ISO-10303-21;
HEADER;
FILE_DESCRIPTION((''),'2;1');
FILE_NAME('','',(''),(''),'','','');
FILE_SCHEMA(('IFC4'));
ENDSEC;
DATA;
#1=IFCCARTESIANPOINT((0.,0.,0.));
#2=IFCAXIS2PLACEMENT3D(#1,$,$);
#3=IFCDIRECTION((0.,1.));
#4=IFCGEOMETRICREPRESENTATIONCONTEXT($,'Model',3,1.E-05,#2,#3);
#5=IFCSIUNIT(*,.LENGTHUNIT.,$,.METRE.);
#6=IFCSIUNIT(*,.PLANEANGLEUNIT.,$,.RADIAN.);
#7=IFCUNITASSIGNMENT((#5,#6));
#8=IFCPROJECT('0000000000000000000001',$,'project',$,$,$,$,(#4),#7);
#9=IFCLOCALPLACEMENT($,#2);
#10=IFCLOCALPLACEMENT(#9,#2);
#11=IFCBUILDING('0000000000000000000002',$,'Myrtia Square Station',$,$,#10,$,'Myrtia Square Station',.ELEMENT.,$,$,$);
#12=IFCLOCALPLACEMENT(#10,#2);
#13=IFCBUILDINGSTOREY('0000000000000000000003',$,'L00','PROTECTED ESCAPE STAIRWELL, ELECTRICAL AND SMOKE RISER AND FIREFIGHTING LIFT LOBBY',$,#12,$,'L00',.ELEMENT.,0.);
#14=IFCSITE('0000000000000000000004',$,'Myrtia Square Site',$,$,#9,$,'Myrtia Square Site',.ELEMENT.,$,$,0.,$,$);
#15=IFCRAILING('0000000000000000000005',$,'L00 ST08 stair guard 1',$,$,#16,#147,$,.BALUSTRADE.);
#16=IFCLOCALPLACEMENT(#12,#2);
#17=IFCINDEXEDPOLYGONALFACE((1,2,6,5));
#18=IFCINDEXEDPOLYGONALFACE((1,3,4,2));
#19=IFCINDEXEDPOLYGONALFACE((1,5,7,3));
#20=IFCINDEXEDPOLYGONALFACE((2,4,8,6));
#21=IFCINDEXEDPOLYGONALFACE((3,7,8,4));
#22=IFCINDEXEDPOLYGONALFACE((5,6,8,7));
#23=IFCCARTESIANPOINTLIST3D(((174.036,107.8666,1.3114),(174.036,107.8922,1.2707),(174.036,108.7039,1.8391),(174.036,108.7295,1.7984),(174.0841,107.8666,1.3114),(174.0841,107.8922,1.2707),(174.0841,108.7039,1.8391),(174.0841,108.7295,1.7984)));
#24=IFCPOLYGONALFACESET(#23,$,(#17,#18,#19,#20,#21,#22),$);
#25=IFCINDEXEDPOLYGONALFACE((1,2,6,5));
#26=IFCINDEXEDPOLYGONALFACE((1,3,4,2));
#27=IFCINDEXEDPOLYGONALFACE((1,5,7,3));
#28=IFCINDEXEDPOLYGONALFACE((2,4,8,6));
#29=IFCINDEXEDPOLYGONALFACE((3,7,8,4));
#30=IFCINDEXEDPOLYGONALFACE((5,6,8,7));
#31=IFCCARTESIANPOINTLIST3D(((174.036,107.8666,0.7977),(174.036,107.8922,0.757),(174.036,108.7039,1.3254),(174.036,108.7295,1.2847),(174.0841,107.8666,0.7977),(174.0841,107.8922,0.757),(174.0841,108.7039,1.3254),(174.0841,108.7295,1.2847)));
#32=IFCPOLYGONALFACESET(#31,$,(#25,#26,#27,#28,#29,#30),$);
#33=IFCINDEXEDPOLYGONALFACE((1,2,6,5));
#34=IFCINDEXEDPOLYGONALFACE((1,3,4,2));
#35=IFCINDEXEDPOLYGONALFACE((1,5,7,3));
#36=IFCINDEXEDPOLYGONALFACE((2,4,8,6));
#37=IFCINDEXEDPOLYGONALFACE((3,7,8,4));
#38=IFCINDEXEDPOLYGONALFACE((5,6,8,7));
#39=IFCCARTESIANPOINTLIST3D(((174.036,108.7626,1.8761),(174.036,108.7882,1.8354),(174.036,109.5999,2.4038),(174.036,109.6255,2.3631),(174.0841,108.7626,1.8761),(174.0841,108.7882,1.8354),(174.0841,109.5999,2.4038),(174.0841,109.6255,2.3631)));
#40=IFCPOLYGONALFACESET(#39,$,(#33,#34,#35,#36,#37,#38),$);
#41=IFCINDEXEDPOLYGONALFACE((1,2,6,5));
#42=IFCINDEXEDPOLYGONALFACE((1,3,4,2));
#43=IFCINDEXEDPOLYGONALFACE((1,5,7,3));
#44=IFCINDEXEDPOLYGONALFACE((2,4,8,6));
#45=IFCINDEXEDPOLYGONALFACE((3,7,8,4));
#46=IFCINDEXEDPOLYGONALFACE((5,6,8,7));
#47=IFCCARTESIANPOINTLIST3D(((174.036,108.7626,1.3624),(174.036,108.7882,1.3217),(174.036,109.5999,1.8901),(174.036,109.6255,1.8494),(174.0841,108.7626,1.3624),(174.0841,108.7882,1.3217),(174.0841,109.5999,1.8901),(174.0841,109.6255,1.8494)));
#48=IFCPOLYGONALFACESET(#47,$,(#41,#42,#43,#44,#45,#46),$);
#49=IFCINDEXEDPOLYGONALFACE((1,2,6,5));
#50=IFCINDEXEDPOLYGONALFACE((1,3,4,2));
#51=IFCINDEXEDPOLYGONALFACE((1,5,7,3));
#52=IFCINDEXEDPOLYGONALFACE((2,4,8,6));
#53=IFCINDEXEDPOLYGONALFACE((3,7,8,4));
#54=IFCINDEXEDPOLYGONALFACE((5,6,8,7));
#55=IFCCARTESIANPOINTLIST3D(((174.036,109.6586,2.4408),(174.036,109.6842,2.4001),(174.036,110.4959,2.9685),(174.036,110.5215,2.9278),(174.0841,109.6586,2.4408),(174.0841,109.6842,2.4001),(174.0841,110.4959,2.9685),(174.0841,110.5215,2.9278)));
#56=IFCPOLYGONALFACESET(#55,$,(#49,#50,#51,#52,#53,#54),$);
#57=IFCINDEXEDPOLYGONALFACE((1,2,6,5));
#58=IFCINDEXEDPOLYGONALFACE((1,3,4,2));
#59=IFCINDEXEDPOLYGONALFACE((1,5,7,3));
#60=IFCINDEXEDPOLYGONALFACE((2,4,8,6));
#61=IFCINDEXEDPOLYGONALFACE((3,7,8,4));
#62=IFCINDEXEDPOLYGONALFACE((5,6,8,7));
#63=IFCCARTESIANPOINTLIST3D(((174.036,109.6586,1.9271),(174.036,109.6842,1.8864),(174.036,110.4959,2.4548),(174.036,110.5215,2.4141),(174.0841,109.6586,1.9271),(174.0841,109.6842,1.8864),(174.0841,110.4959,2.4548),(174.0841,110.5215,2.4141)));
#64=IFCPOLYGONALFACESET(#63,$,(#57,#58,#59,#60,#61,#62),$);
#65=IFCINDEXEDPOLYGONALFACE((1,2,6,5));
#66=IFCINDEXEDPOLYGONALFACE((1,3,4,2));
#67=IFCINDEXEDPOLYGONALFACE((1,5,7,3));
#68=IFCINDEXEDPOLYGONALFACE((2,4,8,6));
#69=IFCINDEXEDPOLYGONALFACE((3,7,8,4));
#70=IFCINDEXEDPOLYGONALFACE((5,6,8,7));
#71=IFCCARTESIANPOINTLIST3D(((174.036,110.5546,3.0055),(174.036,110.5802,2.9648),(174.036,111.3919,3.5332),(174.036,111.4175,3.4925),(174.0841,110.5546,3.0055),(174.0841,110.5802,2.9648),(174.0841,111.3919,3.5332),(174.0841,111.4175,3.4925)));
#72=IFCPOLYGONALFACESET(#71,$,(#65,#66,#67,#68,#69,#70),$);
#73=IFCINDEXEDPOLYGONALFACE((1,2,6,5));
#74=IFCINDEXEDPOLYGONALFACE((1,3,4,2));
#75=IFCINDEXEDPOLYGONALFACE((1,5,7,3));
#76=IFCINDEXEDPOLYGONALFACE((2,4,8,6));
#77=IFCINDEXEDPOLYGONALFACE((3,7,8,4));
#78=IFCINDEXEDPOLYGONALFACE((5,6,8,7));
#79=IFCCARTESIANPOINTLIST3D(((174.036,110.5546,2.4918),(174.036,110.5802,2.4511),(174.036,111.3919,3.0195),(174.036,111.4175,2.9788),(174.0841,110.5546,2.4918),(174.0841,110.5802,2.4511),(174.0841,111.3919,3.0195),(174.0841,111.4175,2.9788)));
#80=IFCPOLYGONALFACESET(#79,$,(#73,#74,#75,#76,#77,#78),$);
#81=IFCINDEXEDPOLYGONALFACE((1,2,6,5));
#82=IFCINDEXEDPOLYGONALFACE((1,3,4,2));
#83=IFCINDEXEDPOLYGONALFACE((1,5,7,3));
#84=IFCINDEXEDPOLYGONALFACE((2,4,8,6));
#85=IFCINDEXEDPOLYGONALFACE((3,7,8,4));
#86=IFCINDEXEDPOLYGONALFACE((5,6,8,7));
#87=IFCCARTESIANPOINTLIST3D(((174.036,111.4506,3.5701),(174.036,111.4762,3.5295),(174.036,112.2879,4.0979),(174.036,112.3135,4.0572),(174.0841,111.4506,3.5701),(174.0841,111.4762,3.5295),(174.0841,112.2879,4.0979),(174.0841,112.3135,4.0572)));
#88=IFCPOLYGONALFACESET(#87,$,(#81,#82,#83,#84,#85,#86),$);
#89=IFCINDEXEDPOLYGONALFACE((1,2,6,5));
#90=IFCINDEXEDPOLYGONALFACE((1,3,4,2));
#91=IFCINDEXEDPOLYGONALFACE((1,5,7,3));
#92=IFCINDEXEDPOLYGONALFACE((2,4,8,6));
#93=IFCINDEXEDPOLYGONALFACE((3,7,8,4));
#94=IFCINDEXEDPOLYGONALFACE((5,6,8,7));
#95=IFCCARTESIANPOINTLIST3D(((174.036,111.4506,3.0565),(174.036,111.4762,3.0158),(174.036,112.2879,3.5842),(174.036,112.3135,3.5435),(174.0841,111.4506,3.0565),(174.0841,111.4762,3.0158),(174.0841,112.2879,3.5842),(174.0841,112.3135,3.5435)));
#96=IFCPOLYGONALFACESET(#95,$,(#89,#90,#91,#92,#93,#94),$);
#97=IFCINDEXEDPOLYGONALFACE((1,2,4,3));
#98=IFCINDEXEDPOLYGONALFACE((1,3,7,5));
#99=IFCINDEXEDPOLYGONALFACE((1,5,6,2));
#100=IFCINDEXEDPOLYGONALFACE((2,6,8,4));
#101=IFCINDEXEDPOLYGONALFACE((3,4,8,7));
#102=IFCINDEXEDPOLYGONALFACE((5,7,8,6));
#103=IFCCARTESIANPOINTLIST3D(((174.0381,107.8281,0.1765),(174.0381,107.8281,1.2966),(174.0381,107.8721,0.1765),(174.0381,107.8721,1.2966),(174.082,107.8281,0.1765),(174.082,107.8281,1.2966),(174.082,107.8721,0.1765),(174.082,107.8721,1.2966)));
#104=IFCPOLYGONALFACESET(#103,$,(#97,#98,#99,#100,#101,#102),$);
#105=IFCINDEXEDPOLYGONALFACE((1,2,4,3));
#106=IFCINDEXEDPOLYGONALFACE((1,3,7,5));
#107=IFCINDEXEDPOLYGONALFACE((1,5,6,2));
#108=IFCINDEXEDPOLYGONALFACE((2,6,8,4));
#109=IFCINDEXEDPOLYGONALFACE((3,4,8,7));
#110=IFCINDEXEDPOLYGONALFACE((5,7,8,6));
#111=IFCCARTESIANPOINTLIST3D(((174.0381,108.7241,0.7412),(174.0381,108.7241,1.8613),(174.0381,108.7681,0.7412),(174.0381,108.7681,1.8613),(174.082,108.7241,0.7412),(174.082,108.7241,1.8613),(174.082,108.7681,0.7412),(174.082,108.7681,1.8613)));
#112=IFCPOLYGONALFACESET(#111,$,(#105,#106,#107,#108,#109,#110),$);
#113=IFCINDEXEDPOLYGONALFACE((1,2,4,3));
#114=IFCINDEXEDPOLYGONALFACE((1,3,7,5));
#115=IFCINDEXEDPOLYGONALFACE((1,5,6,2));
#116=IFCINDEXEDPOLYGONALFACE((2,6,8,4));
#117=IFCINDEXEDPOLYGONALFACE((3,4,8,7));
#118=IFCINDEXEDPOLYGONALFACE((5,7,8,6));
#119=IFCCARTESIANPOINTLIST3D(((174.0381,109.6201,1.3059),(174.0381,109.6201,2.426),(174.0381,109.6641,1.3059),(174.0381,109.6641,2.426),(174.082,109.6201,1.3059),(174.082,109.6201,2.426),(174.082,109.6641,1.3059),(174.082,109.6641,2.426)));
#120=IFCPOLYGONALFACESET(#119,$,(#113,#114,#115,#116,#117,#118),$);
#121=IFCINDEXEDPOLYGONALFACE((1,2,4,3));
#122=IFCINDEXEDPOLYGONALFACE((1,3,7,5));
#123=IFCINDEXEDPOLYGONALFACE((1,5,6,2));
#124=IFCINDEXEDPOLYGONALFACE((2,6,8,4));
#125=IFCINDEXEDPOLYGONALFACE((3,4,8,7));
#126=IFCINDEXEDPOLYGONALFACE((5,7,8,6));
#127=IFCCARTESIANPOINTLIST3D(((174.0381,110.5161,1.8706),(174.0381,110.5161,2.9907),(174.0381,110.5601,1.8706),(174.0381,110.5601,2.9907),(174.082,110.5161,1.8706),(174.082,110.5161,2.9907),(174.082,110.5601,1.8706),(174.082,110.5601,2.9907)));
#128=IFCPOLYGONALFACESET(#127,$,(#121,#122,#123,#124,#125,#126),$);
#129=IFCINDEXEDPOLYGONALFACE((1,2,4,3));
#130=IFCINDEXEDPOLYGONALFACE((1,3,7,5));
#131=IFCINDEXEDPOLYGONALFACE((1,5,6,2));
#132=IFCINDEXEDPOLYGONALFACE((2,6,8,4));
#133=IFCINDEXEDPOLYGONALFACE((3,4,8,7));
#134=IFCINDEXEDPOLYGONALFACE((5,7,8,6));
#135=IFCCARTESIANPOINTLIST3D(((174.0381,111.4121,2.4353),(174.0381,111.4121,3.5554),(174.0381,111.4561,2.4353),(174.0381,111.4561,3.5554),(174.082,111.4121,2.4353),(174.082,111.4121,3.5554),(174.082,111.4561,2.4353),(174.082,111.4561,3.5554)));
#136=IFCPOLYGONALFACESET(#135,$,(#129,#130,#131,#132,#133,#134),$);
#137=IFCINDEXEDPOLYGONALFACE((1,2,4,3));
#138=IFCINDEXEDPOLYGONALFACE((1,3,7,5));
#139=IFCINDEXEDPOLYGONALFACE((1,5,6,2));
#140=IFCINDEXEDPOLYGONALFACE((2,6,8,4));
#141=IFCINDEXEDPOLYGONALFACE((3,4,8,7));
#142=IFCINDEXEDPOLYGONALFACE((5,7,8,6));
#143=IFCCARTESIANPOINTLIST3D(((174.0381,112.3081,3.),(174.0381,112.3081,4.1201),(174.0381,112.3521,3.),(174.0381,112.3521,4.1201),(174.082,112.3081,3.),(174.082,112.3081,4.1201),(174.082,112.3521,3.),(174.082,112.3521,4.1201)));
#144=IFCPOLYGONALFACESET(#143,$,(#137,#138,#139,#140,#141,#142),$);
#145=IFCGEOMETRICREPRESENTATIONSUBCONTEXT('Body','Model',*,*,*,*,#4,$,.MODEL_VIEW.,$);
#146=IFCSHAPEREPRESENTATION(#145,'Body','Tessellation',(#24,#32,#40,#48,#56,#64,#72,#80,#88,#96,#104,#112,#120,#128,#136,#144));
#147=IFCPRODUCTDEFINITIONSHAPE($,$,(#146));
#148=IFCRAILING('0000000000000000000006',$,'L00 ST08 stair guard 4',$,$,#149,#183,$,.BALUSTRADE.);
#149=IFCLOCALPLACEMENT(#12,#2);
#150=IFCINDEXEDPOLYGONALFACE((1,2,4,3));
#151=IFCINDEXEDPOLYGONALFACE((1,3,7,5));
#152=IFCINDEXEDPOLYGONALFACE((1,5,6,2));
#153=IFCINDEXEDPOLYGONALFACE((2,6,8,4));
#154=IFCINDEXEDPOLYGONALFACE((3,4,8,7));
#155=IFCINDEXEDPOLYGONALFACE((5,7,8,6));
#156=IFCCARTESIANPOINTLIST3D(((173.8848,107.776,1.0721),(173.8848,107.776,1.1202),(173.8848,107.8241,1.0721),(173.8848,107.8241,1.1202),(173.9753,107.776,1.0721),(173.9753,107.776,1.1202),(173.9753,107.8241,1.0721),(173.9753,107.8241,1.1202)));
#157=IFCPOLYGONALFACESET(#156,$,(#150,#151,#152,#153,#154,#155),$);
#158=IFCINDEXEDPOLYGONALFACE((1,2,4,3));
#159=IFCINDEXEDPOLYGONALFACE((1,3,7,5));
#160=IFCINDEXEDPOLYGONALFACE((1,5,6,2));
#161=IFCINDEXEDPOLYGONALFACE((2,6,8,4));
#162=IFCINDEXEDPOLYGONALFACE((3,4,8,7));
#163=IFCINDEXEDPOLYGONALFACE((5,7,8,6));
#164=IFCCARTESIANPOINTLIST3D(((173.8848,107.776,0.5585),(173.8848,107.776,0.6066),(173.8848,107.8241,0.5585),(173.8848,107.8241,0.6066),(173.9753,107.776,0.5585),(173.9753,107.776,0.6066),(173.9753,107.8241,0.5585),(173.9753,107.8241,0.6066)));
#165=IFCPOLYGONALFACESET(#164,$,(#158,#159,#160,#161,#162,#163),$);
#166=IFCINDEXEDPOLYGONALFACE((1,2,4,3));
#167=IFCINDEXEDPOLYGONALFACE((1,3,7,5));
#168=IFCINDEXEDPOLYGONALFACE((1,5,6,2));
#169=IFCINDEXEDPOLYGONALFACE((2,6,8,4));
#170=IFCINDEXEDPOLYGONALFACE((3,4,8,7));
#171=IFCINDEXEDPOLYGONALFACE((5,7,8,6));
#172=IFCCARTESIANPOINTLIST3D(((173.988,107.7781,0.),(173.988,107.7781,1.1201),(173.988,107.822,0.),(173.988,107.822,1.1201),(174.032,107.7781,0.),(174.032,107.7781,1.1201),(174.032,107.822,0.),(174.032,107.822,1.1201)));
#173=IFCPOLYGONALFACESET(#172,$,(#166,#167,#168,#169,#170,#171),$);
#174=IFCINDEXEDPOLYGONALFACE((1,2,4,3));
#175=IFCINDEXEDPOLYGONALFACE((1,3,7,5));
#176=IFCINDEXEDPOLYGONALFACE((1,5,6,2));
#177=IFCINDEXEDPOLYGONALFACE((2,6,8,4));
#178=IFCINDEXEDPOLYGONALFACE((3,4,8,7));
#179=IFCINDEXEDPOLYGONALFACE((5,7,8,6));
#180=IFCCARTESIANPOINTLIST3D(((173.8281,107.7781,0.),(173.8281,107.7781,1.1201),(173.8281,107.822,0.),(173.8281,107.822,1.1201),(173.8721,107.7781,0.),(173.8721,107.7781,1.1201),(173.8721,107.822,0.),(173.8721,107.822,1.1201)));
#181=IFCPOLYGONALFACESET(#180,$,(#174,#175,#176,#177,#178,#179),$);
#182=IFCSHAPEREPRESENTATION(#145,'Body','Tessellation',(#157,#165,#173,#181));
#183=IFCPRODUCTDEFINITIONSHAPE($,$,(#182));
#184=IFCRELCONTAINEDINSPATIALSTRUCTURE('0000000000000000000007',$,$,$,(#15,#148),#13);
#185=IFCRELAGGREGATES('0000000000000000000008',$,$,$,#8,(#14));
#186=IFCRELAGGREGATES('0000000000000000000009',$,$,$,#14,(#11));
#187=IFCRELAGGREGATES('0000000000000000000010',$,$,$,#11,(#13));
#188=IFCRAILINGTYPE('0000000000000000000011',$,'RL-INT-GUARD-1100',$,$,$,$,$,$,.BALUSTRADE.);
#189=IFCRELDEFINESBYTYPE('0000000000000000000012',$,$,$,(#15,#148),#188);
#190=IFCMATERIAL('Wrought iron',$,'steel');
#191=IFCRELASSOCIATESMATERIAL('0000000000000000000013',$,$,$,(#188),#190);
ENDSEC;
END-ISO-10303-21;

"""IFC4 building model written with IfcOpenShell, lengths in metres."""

from ifc_helpers import new_model, si_unit, direction, frame, origin, origin_2d, place, context, subcontext, project, spatial, rectangle, extrude, material, type_object, element, save


model = new_model("IFC4")

# Units and contexts
model_context = context("Model", 3, precision=1e-05, world=origin(), true_north=direction((0.0, 1.0)))
body_context = subcontext(model_context, "Body", "Model", "MODEL_VIEW")
ifc_project = project(units=[si_unit("LENGTHUNIT", "METRE"), si_unit("PLANEANGLEUNIT", "RADIAN")], contexts=[model_context])

# Site, building, storey
site_placement = place(None, origin())
site = spatial("IfcSite", under=ifc_project, at=site_placement, Name="Myrtia Square Site", LongName="Myrtia Square Site", CompositionType="ELEMENT", RefElevation=0.0)
building_placement = place(site_placement, origin())
building = spatial("IfcBuilding", under=site, at=building_placement, Name="Myrtia Square Station", LongName="Myrtia Square Station", CompositionType="ELEMENT")
storey_placement = place(building_placement, origin())
storey = spatial("IfcBuildingStorey", under=building, at=storey_placement, Name="L00", Description="PROTECTED ESCAPE STAIRWELL, ELECTRICAL AND SMOKE RISER AND FIREFIGHTING LIFT LOBBY", LongName="L00", CompositionType="ELEMENT", Elevation=0.0)

# Railings
ifc_material_1 = material(Name="Wrought iron", Category="steel")
railing_type_1 = type_object("IfcRailingType", Name="RL-INT-GUARD-1100", PredefinedType="BALUSTRADE", material=ifc_material_1)
railing_1_placement = place(storey_placement, frame((174.0601, 107.8501, 0.1765)))
element("IfcRailing", 1, at=railing_1_placement, inside=storey, type_object=railing_type_1, Name="L00 ST08 stair guard 1", PredefinedType="BALUSTRADE", context=body_context, shape_type="SweptSolid", body=[
    extrude(rectangle(XDim=0.0481, YDim=0.0481, at=origin_2d()), frame((0.0, 0.0293, 1.1145), z_axis=(0.0, 0.845998, 0.533186), x_axis=(-1.0, 0.0, 0.0)), (0.0, 0.0, 1.0), 0.9897),
    extrude(rectangle(XDim=0.0481, YDim=0.0481, at=origin_2d()), frame((0.0, 0.0293, 0.6008), z_axis=(0.0, 0.845998, 0.533186), x_axis=(-1.0, 0.0, 0.0)), (0.0, 0.0, 1.0), 0.9897),
    extrude(rectangle(XDim=0.0481, YDim=0.0481, at=origin_2d()), frame((0.0, 0.9253, 1.6792), z_axis=(0.0, 0.845998, 0.533186), x_axis=(-1.0, 0.0, 0.0)), (0.0, 0.0, 1.0), 0.9897),
    extrude(rectangle(XDim=0.0481, YDim=0.0481, at=origin_2d()), frame((0.0, 0.9253, 1.1655), z_axis=(0.0, 0.845998, 0.533186), x_axis=(-1.0, 0.0, 0.0)), (0.0, 0.0, 1.0), 0.9897),
    extrude(rectangle(XDim=0.0481, YDim=0.0481, at=origin_2d()), frame((0.0, 1.8213, 2.2439), z_axis=(0.0, 0.845998, 0.533186), x_axis=(-1.0, 0.0, 0.0)), (0.0, 0.0, 1.0), 0.9897),
    extrude(rectangle(XDim=0.0481, YDim=0.0481, at=origin_2d()), frame((0.0, 1.8213, 1.7302), z_axis=(0.0, 0.845998, 0.533186), x_axis=(-1.0, 0.0, 0.0)), (0.0, 0.0, 1.0), 0.9897),
    extrude(rectangle(XDim=0.0481, YDim=0.0481, at=origin_2d()), frame((0.0, 2.7173, 2.8086), z_axis=(0.0, 0.845998, 0.533186), x_axis=(-1.0, 0.0, 0.0)), (0.0, 0.0, 1.0), 0.9897),
    extrude(rectangle(XDim=0.0481, YDim=0.0481, at=origin_2d()), frame((0.0, 2.7173, 2.2949), z_axis=(0.0, 0.845998, 0.533186), x_axis=(-1.0, 0.0, 0.0)), (0.0, 0.0, 1.0), 0.9897),
    extrude(rectangle(XDim=0.0481, YDim=0.0481, at=origin_2d()), frame((0.0, 3.6133, 3.3733), z_axis=(0.0, 0.845998, 0.533186), x_axis=(-1.0, 0.0, 0.0)), (0.0, 0.0, 1.0), 0.9897),
    extrude(rectangle(XDim=0.0481, YDim=0.0481, at=origin_2d()), frame((0.0, 3.6133, 2.8596), z_axis=(0.0, 0.845998, 0.533186), x_axis=(-1.0, 0.0, 0.0)), (0.0, 0.0, 1.0), 0.9897),
    extrude(rectangle(XDim=0.0439, YDim=0.0439, at=origin_2d()), origin(), (0.0, 0.0, 1.0), 1.1201),
    extrude(rectangle(XDim=0.0439, YDim=0.0439, at=origin_2d()), frame((0.0, 0.896, 0.5647)), (0.0, 0.0, 1.0), 1.1201),
    extrude(rectangle(XDim=0.0439, YDim=0.0439, at=origin_2d()), frame((0.0, 1.792, 1.1294)), (0.0, 0.0, 1.0), 1.1201),
    extrude(rectangle(XDim=0.0439, YDim=0.0439, at=origin_2d()), frame((0.0, 2.688, 1.6941)), (0.0, 0.0, 1.0), 1.1201),
    extrude(rectangle(XDim=0.0439, YDim=0.0439, at=origin_2d()), frame((0.0, 3.584, 2.2588)), (0.0, 0.0, 1.0), 1.1201),
    extrude(rectangle(XDim=0.0439, YDim=0.0439, at=origin_2d()), frame((0.0, 4.48, 2.8235)), (0.0, 0.0, 1.0), 1.1201),
])
railing_2_placement = place(storey_placement, frame((174.01, 107.8, 0.0)))
element("IfcRailing", 2, at=railing_2_placement, inside=storey, type_object=railing_type_1, Name="L00 ST08 stair guard 4", PredefinedType="BALUSTRADE", context=body_context, shape_type="SweptSolid", body=[
    extrude(rectangle(XDim=0.0481, YDim=0.0481, at=origin_2d()), frame((-0.0347, 0.0, 1.0962), z_axis=(-1.0, 0.0, 0.0), x_axis=(0.0, -1.0, 0.0)), (0.0, 0.0, 1.0), 0.0906),
    extrude(rectangle(XDim=0.0481, YDim=0.0481, at=origin_2d()), frame((-0.0347, 0.0, 0.5825), z_axis=(-1.0, 0.0, 0.0), x_axis=(0.0, -1.0, 0.0)), (0.0, 0.0, 1.0), 0.0906),
    extrude(rectangle(XDim=0.0439, YDim=0.0439, at=origin_2d()), origin(), (0.0, 0.0, 1.0), 1.1201),
    extrude(rectangle(XDim=0.0439, YDim=0.0439, at=origin_2d()), frame((-0.1599, 0.0, 0.0)), (0.0, 0.0, 1.0), 1.1201),
])

save(model, "model.ifc")
